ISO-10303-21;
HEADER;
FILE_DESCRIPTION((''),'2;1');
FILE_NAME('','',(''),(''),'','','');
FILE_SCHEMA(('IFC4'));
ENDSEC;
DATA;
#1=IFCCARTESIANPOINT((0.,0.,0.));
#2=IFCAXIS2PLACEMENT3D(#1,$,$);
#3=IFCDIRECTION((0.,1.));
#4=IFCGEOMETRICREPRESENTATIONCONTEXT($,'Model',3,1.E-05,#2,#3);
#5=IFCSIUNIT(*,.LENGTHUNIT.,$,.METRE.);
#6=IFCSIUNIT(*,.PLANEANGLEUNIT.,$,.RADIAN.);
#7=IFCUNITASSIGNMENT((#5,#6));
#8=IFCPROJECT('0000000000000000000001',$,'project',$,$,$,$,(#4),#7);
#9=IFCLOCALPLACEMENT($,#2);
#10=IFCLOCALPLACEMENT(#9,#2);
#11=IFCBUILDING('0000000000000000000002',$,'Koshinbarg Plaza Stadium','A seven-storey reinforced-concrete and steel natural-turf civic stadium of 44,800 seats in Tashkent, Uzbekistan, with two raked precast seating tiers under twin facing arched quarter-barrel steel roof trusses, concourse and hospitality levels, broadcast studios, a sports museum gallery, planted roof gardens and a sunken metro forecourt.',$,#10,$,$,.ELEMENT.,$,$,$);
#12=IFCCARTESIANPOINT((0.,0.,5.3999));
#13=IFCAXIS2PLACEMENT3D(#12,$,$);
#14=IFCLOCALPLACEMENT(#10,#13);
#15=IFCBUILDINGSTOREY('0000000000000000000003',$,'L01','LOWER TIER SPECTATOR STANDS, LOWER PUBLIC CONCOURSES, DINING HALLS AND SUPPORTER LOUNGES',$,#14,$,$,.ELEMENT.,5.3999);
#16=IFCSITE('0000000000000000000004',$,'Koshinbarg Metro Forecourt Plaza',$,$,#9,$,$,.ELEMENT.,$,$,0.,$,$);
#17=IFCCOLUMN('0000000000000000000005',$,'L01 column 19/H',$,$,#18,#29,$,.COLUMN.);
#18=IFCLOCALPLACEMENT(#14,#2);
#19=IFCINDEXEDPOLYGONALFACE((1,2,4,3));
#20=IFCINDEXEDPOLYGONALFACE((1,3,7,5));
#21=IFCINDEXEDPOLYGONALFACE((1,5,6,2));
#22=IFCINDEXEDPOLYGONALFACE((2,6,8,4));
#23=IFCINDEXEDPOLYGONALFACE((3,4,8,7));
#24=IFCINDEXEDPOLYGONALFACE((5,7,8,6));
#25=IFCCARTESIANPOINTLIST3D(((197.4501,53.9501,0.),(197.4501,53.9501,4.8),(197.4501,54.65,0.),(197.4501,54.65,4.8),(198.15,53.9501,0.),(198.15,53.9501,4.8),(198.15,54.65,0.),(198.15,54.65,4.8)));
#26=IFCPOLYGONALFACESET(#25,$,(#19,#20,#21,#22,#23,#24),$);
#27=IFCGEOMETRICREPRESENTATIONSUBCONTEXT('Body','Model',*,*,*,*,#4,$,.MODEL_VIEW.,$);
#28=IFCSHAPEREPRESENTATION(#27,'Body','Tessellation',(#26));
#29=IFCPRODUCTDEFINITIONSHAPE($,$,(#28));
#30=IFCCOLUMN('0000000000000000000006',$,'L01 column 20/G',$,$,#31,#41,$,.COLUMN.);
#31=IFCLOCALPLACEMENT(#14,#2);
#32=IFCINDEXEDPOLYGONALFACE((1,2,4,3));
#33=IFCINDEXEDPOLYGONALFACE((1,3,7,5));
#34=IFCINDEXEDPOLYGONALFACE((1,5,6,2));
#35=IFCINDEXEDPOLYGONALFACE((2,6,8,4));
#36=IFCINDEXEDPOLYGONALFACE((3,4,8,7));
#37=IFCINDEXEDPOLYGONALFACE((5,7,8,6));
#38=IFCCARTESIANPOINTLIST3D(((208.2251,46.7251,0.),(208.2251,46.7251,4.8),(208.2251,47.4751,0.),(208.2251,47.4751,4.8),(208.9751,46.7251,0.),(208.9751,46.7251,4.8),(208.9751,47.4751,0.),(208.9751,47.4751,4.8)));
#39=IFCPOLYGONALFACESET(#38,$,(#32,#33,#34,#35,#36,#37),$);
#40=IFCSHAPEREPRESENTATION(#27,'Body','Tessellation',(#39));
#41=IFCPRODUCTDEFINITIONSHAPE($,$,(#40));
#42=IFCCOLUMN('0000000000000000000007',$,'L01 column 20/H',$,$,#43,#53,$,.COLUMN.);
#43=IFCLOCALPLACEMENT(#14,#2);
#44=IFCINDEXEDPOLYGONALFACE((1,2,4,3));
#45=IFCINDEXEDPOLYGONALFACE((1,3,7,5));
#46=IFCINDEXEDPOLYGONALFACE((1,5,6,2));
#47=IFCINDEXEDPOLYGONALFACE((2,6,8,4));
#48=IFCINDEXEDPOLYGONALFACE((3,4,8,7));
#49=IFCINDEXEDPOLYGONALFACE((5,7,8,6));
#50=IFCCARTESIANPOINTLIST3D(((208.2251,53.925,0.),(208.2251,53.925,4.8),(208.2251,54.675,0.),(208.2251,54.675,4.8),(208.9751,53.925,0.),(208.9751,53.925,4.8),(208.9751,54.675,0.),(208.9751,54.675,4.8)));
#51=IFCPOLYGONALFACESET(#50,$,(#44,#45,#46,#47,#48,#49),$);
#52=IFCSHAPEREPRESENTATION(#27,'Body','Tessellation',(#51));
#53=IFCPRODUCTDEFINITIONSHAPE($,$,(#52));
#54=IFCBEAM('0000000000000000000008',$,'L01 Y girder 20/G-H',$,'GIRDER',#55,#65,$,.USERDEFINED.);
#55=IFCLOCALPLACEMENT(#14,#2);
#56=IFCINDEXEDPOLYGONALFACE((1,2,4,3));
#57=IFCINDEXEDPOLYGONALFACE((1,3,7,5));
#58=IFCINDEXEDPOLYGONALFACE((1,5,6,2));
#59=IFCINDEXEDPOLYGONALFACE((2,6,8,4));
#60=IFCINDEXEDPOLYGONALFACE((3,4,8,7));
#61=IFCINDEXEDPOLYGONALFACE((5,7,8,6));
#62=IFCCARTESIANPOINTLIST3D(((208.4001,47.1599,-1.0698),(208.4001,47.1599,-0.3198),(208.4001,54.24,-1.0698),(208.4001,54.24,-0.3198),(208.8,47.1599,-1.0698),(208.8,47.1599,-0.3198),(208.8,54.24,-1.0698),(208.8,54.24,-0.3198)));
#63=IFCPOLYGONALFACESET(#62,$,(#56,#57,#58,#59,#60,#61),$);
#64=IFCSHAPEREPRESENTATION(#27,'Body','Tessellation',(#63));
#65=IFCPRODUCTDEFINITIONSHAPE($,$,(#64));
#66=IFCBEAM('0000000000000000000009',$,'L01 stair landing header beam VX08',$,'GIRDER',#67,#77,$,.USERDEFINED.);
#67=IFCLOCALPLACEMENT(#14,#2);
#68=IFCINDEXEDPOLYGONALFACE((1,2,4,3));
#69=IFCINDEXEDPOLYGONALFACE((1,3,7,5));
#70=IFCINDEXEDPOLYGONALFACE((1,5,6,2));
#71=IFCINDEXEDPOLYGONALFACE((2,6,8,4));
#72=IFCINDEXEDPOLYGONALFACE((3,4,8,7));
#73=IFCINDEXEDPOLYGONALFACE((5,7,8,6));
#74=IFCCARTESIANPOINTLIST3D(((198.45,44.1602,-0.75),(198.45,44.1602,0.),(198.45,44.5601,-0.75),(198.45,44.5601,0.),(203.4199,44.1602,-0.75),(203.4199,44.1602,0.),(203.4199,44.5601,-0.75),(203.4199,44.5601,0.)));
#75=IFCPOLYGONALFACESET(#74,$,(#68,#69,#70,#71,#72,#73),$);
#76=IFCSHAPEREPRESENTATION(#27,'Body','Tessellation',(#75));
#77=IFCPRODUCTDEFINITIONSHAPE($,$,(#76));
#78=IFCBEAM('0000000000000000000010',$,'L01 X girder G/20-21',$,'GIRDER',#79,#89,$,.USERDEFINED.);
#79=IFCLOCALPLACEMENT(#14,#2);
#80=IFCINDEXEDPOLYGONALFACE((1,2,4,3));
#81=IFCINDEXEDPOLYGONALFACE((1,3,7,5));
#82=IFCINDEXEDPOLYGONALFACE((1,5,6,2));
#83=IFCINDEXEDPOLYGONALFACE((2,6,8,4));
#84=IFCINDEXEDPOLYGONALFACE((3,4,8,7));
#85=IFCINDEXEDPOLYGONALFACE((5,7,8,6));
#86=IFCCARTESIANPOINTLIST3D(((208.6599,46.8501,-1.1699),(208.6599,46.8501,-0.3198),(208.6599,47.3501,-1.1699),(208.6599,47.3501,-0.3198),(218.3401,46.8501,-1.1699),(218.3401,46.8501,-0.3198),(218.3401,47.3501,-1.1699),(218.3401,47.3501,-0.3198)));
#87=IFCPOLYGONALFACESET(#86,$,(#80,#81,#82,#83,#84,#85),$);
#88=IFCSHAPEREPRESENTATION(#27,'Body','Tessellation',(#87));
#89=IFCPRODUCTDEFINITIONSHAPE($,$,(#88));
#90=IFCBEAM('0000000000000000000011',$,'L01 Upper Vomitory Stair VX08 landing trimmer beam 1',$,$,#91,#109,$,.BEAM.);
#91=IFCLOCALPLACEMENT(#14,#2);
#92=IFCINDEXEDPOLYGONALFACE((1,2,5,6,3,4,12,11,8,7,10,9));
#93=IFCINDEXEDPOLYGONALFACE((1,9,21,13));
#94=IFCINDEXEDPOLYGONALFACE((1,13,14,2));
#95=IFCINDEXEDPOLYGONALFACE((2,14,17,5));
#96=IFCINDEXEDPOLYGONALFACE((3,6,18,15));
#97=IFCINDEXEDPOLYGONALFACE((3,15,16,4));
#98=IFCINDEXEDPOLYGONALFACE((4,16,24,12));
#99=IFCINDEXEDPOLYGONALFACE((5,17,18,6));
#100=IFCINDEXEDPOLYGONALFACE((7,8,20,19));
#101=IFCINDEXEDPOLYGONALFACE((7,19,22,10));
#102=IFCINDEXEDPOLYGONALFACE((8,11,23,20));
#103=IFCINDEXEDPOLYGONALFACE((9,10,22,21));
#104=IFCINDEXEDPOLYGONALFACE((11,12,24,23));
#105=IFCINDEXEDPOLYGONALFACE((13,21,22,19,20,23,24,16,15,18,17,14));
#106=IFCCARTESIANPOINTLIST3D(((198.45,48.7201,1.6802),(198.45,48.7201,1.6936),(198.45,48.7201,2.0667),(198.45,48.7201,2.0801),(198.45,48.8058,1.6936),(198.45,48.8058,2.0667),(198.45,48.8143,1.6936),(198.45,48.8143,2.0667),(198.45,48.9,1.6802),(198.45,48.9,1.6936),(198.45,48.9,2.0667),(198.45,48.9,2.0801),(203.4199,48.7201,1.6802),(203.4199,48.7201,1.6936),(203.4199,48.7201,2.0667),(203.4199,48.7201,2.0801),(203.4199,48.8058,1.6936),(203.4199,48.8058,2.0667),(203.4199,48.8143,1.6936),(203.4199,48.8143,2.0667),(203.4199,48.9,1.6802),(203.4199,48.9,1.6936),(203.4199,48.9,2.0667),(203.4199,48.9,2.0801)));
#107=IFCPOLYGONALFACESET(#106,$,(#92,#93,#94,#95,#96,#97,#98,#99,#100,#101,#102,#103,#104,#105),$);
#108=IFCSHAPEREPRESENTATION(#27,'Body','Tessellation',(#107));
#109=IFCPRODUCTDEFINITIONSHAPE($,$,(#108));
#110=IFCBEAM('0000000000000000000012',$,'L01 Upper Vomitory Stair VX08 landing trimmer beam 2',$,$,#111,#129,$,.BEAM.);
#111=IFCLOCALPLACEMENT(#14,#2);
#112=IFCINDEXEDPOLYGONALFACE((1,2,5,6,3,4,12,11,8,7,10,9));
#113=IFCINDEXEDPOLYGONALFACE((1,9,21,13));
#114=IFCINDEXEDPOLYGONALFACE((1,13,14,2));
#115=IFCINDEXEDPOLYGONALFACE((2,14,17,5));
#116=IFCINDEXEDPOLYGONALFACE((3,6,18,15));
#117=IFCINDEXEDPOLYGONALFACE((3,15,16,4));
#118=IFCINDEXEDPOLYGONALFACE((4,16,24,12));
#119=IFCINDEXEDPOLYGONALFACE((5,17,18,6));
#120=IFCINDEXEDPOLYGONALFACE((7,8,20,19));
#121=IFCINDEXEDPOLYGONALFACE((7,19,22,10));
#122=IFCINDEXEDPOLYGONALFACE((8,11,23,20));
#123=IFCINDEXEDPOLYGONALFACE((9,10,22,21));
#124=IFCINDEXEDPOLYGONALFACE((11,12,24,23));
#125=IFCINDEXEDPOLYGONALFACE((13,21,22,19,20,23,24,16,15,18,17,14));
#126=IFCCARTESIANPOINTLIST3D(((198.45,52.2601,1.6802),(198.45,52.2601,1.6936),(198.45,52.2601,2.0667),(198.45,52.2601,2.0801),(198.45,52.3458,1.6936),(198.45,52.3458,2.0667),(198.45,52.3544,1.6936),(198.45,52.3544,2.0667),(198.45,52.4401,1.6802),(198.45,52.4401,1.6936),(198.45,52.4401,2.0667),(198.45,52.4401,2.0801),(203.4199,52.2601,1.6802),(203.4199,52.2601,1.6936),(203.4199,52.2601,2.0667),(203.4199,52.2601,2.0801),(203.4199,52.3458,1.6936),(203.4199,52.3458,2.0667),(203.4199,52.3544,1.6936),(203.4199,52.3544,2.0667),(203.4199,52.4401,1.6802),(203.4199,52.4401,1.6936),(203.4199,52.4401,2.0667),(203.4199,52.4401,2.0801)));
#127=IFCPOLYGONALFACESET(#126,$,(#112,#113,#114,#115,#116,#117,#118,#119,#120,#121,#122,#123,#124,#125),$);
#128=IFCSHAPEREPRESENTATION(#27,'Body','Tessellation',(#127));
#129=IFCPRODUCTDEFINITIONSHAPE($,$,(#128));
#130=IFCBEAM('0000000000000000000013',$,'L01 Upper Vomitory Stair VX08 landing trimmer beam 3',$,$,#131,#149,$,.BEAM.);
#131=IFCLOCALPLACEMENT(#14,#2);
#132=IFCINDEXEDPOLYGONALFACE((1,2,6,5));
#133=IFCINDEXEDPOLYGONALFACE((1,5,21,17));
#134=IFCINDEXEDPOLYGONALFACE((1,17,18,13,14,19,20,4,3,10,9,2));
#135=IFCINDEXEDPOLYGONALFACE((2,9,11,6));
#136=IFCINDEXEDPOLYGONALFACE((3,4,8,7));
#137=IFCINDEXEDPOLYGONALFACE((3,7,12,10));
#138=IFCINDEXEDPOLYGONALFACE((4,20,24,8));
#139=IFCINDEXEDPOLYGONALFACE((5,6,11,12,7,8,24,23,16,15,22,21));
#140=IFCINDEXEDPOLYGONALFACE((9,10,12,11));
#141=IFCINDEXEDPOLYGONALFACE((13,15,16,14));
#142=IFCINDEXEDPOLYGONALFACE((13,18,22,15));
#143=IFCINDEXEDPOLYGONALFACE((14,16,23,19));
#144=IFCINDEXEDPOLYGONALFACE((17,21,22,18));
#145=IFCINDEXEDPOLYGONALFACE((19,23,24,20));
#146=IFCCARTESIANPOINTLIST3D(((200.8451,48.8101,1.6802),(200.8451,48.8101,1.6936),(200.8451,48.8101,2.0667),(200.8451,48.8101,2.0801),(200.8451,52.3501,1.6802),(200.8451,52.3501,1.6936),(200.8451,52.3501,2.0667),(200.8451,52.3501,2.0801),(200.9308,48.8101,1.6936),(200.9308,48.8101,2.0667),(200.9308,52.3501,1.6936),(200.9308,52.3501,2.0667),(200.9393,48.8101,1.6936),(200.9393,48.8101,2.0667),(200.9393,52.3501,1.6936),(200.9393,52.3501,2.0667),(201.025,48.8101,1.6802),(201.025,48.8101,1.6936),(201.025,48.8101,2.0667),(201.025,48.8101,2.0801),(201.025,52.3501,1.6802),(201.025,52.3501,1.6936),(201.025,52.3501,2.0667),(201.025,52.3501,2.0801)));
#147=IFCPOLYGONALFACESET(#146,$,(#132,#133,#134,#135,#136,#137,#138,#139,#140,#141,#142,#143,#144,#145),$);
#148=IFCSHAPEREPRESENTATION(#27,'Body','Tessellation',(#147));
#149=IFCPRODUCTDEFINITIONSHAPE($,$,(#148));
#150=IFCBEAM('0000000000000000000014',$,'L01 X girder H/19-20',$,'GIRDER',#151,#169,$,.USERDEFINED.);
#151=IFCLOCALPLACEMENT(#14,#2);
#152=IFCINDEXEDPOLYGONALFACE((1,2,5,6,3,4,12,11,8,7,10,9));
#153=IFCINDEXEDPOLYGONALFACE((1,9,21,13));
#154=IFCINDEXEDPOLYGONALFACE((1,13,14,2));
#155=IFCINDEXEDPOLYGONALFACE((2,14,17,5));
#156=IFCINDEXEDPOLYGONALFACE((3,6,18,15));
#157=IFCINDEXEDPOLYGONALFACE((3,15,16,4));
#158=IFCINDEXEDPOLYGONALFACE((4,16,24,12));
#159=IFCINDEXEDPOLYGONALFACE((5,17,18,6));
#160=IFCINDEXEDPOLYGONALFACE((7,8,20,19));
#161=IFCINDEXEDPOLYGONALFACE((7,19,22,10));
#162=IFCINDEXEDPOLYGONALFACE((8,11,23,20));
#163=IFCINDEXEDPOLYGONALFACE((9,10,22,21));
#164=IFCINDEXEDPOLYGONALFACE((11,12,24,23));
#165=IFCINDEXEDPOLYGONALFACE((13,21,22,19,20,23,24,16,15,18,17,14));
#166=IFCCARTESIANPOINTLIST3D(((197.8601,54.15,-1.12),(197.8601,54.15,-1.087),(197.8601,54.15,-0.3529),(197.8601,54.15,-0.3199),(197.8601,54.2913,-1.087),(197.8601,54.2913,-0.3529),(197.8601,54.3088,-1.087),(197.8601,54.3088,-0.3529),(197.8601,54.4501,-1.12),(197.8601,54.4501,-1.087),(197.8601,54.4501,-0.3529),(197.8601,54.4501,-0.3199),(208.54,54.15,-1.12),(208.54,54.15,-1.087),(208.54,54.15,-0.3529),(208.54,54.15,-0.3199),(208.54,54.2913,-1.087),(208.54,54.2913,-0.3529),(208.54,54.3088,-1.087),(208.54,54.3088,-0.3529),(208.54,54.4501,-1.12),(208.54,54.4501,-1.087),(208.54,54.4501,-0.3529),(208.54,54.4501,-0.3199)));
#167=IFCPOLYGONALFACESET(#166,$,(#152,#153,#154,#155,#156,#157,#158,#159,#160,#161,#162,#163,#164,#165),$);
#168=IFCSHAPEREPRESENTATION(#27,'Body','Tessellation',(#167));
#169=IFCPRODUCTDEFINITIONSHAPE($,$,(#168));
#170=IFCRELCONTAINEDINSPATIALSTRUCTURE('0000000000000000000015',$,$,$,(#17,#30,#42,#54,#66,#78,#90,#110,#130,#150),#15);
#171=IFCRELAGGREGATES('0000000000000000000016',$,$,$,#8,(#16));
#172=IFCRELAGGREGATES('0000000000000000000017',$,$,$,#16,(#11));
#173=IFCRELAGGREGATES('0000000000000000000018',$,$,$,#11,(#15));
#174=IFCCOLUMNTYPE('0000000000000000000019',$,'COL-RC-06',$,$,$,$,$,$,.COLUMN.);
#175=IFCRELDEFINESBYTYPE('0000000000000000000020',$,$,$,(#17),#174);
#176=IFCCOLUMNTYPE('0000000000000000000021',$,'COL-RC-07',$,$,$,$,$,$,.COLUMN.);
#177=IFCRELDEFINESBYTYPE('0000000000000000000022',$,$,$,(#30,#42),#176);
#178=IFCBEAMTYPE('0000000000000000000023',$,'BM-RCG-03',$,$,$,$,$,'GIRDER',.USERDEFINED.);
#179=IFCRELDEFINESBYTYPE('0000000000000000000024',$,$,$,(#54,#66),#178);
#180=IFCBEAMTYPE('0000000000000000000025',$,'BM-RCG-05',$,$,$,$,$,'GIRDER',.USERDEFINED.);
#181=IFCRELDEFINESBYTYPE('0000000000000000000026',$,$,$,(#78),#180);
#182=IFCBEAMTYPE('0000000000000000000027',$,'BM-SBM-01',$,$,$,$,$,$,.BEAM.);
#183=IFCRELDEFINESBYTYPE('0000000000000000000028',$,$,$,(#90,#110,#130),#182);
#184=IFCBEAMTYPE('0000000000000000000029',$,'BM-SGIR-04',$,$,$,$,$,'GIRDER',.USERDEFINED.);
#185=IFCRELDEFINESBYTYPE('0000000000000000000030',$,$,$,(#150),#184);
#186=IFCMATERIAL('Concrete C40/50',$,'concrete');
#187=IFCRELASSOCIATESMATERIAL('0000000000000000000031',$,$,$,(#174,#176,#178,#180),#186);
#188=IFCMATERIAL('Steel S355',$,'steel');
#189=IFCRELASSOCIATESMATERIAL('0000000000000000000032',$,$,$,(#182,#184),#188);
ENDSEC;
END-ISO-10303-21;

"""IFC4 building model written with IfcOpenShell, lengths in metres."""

from ifc_helpers import new_model, si_unit, direction, frame, origin, origin_2d, place, context, subcontext, project, spatial, rectangle, i_section, extrude, material, material_profile, profile_set, type_object, element, save


model = new_model("IFC4")

# Units and contexts
model_context = context("Model", 3, precision=1e-05, world=origin(), true_north=direction((0.0, 1.0)))
body_context = subcontext(model_context, "Body", "Model", "MODEL_VIEW")
ifc_project = project(units=[si_unit("LENGTHUNIT", "METRE"), si_unit("PLANEANGLEUNIT", "RADIAN")], contexts=[model_context])

# Site, building, storey
site_placement = place(None, origin())
site = spatial("IfcSite", under=ifc_project, at=site_placement, Name="Koshinbarg Metro Forecourt Plaza", CompositionType="ELEMENT", RefElevation=0.0)
building_placement = place(site_placement, origin())
building = spatial("IfcBuilding", under=site, at=building_placement, Name="Koshinbarg Plaza Stadium", Description="A seven-storey reinforced-concrete and steel natural-turf civic stadium of 44,800 seats in Tashkent, Uzbekistan, with two raked precast seating tiers under twin facing arched quarter-barrel steel roof trusses, concourse and hospitality levels, broadcast studios, a sports museum gallery, planted roof gardens and a sunken metro forecourt.", CompositionType="ELEMENT")
storey_placement = place(building_placement, frame((0.0, 0.0, 5.3999)))
storey = spatial("IfcBuildingStorey", under=building, at=storey_placement, Name="L01", Description="LOWER TIER SPECTATOR STANDS, LOWER PUBLIC CONCOURSES, DINING HALLS AND SUPPORTER LOUNGES", CompositionType="ELEMENT", Elevation=5.3999)

# Columns
ifc_material_1 = material(Name="Concrete C40/50", Category="concrete")
ifc_material_profile_1 = material_profile(ifc_material_1, rectangle(XDim=0.7, YDim=0.7, at=origin_2d()), Name="RC 700x700")
ifc_profile_set_1 = profile_set([ifc_material_profile_1], Name="Concrete C40/50")
column_type_1 = type_object("IfcColumnType", Name="COL-RC-06", PredefinedType="COLUMN", material=ifc_profile_set_1)
column_placement = place(storey_placement, frame((197.8, 54.3, 0.0), z_axis=(0.0, 0.0, 1.0), x_axis=(1.0, 0.0, 0.0)))
element("IfcColumn", 1, at=column_placement, inside=storey, type_object=column_type_1, Name="L01 column 19/H", PredefinedType="COLUMN", context=body_context, shape_type="SweptSolid", body=[
    extrude(rectangle(XDim=0.7, YDim=0.7, at=origin_2d()), origin(), (0.0, 0.0, 1.0), 4.8),
])
ifc_material_profile_2 = material_profile(ifc_material_1, rectangle(XDim=0.75, YDim=0.75, at=origin_2d()), Name="RC 750x750")
ifc_profile_set_2 = profile_set([ifc_material_profile_2], Name="Concrete C40/50")
column_type_2 = type_object("IfcColumnType", Name="COL-RC-07", PredefinedType="COLUMN", material=ifc_profile_set_2)
for number, where, z_axis, x_axis, name in (
    (2, (208.6001, 47.1001, 0.0), (0.0, 0.0, 1.0), (1.0, 0.0, 0.0), "L01 column 20/G"),
    (3, (208.6001, 54.3, 0.0), (0.0, 0.0, 1.0), (1.0, 0.0, 0.0), "L01 column 20/H"),
):
    element("IfcColumn", number, at=place(storey_placement, frame(where, z_axis=z_axis, x_axis=x_axis)), inside=storey, type_object=column_type_2, Name=name, PredefinedType="COLUMN", context=body_context, shape_type="SweptSolid", body=[
        extrude(rectangle(XDim=0.75, YDim=0.75, at=origin_2d()), origin(), (0.0, 0.0, 1.0), 4.8),
    ])

# Beams
ifc_material_profile_3 = material_profile(ifc_material_1, rectangle(XDim=0.3999, YDim=0.75, at=origin_2d()), Name="RC 400x750")
ifc_profile_set_3 = profile_set([ifc_material_profile_3], Name="Concrete C40/50")
beam_type_1 = type_object("IfcBeamType", Name="BM-RCG-03", ElementType="GIRDER", PredefinedType="USERDEFINED", material=ifc_profile_set_3)
beam_1_placement = place(storey_placement, frame((208.6001, 47.1599, -0.6948), z_axis=(0.0, 1.0, 0.0), x_axis=(-1.0, 0.0, 0.0)))
element("IfcBeam", 4, at=beam_1_placement, inside=storey, type_object=beam_type_1, Name="L01 Y girder 20/G-H", ObjectType="GIRDER", PredefinedType="USERDEFINED", context=body_context, shape_type="SweptSolid", body=[
    extrude(rectangle(XDim=0.3999, YDim=0.75, at=origin_2d()), origin(), (0.0, 0.0, 1.0), 7.0801),
])
beam_2_placement = place(storey_placement, frame((198.45, 44.3601, -0.375), z_axis=(1.0, 0.0, 0.0), x_axis=(0.0, 1.0, 0.0)))
element("IfcBeam", 5, at=beam_2_placement, inside=storey, type_object=beam_type_1, Name="L01 stair landing header beam VX08", ObjectType="GIRDER", PredefinedType="USERDEFINED", context=body_context, shape_type="SweptSolid", body=[
    extrude(rectangle(XDim=0.3999, YDim=0.75, at=origin_2d()), origin(), (0.0, 0.0, 1.0), 4.97),
])
ifc_material_profile_4 = material_profile(ifc_material_1, rectangle(XDim=0.5, YDim=0.8501, at=origin_2d()), Name="RC 500x850")
ifc_profile_set_4 = profile_set([ifc_material_profile_4], Name="Concrete C40/50")
beam_type_2 = type_object("IfcBeamType", Name="BM-RCG-05", ElementType="GIRDER", PredefinedType="USERDEFINED", material=ifc_profile_set_4)
beam_3_placement = place(storey_placement, frame((208.6599, 47.1001, -0.7449), z_axis=(1.0, 0.0, 0.0), x_axis=(0.0, 1.0, 0.0)))
element("IfcBeam", 6, at=beam_3_placement, inside=storey, type_object=beam_type_2, Name="L01 X girder G/20-21", ObjectType="GIRDER", PredefinedType="USERDEFINED", context=body_context, shape_type="SweptSolid", body=[
    extrude(rectangle(XDim=0.5, YDim=0.8501, at=origin_2d()), origin(), (0.0, 0.0, 1.0), 9.6802),
])
ifc_material_2 = material(Name="Steel S355", Category="steel")
ifc_material_profile_5 = material_profile(ifc_material_2, i_section(OverallWidth=0.1799, OverallDepth=0.3999, WebThickness=0.0085, FlangeThickness=0.0134, at=origin_2d()), Name="IPE 400")
ifc_profile_set_5 = profile_set([ifc_material_profile_5], Name="Steel S355")
beam_type_3 = type_object("IfcBeamType", Name="BM-SBM-01", PredefinedType="BEAM", material=ifc_profile_set_5)
for number, where, z_axis, x_axis, name in (
    (7, (198.45, 48.8101, 1.8801), (1.0, 0.0, 0.0), (0.0, 1.0, 0.0), "L01 Upper Vomitory Stair VX08 landing trimmer beam 1"),
    (8, (198.45, 52.3501, 1.8801), (1.0, 0.0, 0.0), (0.0, 1.0, 0.0), "L01 Upper Vomitory Stair VX08 landing trimmer beam 2"),
):
    element("IfcBeam", number, at=place(storey_placement, frame(where, z_axis=z_axis, x_axis=x_axis)), inside=storey, type_object=beam_type_3, Name=name, PredefinedType="BEAM", context=body_context, shape_type="SweptSolid", body=[
        extrude(i_section(OverallWidth=0.1799, OverallDepth=0.3999, WebThickness=0.0085, FlangeThickness=0.0134, at=origin_2d()), origin(), (0.0, 0.0, 1.0), 4.97),
    ])
beam_4_placement = place(storey_placement, frame((200.9351, 48.8101, 1.8801), z_axis=(0.0, 1.0, 0.0), x_axis=(-1.0, 0.0, 0.0)))
element("IfcBeam", 9, at=beam_4_placement, inside=storey, type_object=beam_type_3, Name="L01 Upper Vomitory Stair VX08 landing trimmer beam 3", PredefinedType="BEAM", context=body_context, shape_type="SweptSolid", body=[
    extrude(i_section(OverallWidth=0.1799, OverallDepth=0.3999, WebThickness=0.0085, FlangeThickness=0.0134, at=origin_2d()), origin(), (0.0, 0.0, 1.0), 3.54),
])
ifc_material_profile_6 = material_profile(ifc_material_2, i_section(OverallWidth=0.3, OverallDepth=0.8, WebThickness=0.0176, FlangeThickness=0.033, at=origin_2d()), Name="HEB 800")
ifc_profile_set_6 = profile_set([ifc_material_profile_6], Name="Steel S355")
beam_type_4 = type_object("IfcBeamType", Name="BM-SGIR-04", ElementType="GIRDER", PredefinedType="USERDEFINED", material=ifc_profile_set_6)
beam_5_placement = place(storey_placement, frame((197.8601, 54.3, -0.72), z_axis=(1.0, 0.0, 0.0), x_axis=(0.0, 1.0, 0.0)))
element("IfcBeam", 10, at=beam_5_placement, inside=storey, type_object=beam_type_4, Name="L01 X girder H/19-20", ObjectType="GIRDER", PredefinedType="USERDEFINED", context=body_context, shape_type="SweptSolid", body=[
    extrude(i_section(OverallWidth=0.3, OverallDepth=0.8, WebThickness=0.0176, FlangeThickness=0.033, at=origin_2d()), origin(), (0.0, 0.0, 1.0), 10.6799),
])

save(model, "model.ifc")
